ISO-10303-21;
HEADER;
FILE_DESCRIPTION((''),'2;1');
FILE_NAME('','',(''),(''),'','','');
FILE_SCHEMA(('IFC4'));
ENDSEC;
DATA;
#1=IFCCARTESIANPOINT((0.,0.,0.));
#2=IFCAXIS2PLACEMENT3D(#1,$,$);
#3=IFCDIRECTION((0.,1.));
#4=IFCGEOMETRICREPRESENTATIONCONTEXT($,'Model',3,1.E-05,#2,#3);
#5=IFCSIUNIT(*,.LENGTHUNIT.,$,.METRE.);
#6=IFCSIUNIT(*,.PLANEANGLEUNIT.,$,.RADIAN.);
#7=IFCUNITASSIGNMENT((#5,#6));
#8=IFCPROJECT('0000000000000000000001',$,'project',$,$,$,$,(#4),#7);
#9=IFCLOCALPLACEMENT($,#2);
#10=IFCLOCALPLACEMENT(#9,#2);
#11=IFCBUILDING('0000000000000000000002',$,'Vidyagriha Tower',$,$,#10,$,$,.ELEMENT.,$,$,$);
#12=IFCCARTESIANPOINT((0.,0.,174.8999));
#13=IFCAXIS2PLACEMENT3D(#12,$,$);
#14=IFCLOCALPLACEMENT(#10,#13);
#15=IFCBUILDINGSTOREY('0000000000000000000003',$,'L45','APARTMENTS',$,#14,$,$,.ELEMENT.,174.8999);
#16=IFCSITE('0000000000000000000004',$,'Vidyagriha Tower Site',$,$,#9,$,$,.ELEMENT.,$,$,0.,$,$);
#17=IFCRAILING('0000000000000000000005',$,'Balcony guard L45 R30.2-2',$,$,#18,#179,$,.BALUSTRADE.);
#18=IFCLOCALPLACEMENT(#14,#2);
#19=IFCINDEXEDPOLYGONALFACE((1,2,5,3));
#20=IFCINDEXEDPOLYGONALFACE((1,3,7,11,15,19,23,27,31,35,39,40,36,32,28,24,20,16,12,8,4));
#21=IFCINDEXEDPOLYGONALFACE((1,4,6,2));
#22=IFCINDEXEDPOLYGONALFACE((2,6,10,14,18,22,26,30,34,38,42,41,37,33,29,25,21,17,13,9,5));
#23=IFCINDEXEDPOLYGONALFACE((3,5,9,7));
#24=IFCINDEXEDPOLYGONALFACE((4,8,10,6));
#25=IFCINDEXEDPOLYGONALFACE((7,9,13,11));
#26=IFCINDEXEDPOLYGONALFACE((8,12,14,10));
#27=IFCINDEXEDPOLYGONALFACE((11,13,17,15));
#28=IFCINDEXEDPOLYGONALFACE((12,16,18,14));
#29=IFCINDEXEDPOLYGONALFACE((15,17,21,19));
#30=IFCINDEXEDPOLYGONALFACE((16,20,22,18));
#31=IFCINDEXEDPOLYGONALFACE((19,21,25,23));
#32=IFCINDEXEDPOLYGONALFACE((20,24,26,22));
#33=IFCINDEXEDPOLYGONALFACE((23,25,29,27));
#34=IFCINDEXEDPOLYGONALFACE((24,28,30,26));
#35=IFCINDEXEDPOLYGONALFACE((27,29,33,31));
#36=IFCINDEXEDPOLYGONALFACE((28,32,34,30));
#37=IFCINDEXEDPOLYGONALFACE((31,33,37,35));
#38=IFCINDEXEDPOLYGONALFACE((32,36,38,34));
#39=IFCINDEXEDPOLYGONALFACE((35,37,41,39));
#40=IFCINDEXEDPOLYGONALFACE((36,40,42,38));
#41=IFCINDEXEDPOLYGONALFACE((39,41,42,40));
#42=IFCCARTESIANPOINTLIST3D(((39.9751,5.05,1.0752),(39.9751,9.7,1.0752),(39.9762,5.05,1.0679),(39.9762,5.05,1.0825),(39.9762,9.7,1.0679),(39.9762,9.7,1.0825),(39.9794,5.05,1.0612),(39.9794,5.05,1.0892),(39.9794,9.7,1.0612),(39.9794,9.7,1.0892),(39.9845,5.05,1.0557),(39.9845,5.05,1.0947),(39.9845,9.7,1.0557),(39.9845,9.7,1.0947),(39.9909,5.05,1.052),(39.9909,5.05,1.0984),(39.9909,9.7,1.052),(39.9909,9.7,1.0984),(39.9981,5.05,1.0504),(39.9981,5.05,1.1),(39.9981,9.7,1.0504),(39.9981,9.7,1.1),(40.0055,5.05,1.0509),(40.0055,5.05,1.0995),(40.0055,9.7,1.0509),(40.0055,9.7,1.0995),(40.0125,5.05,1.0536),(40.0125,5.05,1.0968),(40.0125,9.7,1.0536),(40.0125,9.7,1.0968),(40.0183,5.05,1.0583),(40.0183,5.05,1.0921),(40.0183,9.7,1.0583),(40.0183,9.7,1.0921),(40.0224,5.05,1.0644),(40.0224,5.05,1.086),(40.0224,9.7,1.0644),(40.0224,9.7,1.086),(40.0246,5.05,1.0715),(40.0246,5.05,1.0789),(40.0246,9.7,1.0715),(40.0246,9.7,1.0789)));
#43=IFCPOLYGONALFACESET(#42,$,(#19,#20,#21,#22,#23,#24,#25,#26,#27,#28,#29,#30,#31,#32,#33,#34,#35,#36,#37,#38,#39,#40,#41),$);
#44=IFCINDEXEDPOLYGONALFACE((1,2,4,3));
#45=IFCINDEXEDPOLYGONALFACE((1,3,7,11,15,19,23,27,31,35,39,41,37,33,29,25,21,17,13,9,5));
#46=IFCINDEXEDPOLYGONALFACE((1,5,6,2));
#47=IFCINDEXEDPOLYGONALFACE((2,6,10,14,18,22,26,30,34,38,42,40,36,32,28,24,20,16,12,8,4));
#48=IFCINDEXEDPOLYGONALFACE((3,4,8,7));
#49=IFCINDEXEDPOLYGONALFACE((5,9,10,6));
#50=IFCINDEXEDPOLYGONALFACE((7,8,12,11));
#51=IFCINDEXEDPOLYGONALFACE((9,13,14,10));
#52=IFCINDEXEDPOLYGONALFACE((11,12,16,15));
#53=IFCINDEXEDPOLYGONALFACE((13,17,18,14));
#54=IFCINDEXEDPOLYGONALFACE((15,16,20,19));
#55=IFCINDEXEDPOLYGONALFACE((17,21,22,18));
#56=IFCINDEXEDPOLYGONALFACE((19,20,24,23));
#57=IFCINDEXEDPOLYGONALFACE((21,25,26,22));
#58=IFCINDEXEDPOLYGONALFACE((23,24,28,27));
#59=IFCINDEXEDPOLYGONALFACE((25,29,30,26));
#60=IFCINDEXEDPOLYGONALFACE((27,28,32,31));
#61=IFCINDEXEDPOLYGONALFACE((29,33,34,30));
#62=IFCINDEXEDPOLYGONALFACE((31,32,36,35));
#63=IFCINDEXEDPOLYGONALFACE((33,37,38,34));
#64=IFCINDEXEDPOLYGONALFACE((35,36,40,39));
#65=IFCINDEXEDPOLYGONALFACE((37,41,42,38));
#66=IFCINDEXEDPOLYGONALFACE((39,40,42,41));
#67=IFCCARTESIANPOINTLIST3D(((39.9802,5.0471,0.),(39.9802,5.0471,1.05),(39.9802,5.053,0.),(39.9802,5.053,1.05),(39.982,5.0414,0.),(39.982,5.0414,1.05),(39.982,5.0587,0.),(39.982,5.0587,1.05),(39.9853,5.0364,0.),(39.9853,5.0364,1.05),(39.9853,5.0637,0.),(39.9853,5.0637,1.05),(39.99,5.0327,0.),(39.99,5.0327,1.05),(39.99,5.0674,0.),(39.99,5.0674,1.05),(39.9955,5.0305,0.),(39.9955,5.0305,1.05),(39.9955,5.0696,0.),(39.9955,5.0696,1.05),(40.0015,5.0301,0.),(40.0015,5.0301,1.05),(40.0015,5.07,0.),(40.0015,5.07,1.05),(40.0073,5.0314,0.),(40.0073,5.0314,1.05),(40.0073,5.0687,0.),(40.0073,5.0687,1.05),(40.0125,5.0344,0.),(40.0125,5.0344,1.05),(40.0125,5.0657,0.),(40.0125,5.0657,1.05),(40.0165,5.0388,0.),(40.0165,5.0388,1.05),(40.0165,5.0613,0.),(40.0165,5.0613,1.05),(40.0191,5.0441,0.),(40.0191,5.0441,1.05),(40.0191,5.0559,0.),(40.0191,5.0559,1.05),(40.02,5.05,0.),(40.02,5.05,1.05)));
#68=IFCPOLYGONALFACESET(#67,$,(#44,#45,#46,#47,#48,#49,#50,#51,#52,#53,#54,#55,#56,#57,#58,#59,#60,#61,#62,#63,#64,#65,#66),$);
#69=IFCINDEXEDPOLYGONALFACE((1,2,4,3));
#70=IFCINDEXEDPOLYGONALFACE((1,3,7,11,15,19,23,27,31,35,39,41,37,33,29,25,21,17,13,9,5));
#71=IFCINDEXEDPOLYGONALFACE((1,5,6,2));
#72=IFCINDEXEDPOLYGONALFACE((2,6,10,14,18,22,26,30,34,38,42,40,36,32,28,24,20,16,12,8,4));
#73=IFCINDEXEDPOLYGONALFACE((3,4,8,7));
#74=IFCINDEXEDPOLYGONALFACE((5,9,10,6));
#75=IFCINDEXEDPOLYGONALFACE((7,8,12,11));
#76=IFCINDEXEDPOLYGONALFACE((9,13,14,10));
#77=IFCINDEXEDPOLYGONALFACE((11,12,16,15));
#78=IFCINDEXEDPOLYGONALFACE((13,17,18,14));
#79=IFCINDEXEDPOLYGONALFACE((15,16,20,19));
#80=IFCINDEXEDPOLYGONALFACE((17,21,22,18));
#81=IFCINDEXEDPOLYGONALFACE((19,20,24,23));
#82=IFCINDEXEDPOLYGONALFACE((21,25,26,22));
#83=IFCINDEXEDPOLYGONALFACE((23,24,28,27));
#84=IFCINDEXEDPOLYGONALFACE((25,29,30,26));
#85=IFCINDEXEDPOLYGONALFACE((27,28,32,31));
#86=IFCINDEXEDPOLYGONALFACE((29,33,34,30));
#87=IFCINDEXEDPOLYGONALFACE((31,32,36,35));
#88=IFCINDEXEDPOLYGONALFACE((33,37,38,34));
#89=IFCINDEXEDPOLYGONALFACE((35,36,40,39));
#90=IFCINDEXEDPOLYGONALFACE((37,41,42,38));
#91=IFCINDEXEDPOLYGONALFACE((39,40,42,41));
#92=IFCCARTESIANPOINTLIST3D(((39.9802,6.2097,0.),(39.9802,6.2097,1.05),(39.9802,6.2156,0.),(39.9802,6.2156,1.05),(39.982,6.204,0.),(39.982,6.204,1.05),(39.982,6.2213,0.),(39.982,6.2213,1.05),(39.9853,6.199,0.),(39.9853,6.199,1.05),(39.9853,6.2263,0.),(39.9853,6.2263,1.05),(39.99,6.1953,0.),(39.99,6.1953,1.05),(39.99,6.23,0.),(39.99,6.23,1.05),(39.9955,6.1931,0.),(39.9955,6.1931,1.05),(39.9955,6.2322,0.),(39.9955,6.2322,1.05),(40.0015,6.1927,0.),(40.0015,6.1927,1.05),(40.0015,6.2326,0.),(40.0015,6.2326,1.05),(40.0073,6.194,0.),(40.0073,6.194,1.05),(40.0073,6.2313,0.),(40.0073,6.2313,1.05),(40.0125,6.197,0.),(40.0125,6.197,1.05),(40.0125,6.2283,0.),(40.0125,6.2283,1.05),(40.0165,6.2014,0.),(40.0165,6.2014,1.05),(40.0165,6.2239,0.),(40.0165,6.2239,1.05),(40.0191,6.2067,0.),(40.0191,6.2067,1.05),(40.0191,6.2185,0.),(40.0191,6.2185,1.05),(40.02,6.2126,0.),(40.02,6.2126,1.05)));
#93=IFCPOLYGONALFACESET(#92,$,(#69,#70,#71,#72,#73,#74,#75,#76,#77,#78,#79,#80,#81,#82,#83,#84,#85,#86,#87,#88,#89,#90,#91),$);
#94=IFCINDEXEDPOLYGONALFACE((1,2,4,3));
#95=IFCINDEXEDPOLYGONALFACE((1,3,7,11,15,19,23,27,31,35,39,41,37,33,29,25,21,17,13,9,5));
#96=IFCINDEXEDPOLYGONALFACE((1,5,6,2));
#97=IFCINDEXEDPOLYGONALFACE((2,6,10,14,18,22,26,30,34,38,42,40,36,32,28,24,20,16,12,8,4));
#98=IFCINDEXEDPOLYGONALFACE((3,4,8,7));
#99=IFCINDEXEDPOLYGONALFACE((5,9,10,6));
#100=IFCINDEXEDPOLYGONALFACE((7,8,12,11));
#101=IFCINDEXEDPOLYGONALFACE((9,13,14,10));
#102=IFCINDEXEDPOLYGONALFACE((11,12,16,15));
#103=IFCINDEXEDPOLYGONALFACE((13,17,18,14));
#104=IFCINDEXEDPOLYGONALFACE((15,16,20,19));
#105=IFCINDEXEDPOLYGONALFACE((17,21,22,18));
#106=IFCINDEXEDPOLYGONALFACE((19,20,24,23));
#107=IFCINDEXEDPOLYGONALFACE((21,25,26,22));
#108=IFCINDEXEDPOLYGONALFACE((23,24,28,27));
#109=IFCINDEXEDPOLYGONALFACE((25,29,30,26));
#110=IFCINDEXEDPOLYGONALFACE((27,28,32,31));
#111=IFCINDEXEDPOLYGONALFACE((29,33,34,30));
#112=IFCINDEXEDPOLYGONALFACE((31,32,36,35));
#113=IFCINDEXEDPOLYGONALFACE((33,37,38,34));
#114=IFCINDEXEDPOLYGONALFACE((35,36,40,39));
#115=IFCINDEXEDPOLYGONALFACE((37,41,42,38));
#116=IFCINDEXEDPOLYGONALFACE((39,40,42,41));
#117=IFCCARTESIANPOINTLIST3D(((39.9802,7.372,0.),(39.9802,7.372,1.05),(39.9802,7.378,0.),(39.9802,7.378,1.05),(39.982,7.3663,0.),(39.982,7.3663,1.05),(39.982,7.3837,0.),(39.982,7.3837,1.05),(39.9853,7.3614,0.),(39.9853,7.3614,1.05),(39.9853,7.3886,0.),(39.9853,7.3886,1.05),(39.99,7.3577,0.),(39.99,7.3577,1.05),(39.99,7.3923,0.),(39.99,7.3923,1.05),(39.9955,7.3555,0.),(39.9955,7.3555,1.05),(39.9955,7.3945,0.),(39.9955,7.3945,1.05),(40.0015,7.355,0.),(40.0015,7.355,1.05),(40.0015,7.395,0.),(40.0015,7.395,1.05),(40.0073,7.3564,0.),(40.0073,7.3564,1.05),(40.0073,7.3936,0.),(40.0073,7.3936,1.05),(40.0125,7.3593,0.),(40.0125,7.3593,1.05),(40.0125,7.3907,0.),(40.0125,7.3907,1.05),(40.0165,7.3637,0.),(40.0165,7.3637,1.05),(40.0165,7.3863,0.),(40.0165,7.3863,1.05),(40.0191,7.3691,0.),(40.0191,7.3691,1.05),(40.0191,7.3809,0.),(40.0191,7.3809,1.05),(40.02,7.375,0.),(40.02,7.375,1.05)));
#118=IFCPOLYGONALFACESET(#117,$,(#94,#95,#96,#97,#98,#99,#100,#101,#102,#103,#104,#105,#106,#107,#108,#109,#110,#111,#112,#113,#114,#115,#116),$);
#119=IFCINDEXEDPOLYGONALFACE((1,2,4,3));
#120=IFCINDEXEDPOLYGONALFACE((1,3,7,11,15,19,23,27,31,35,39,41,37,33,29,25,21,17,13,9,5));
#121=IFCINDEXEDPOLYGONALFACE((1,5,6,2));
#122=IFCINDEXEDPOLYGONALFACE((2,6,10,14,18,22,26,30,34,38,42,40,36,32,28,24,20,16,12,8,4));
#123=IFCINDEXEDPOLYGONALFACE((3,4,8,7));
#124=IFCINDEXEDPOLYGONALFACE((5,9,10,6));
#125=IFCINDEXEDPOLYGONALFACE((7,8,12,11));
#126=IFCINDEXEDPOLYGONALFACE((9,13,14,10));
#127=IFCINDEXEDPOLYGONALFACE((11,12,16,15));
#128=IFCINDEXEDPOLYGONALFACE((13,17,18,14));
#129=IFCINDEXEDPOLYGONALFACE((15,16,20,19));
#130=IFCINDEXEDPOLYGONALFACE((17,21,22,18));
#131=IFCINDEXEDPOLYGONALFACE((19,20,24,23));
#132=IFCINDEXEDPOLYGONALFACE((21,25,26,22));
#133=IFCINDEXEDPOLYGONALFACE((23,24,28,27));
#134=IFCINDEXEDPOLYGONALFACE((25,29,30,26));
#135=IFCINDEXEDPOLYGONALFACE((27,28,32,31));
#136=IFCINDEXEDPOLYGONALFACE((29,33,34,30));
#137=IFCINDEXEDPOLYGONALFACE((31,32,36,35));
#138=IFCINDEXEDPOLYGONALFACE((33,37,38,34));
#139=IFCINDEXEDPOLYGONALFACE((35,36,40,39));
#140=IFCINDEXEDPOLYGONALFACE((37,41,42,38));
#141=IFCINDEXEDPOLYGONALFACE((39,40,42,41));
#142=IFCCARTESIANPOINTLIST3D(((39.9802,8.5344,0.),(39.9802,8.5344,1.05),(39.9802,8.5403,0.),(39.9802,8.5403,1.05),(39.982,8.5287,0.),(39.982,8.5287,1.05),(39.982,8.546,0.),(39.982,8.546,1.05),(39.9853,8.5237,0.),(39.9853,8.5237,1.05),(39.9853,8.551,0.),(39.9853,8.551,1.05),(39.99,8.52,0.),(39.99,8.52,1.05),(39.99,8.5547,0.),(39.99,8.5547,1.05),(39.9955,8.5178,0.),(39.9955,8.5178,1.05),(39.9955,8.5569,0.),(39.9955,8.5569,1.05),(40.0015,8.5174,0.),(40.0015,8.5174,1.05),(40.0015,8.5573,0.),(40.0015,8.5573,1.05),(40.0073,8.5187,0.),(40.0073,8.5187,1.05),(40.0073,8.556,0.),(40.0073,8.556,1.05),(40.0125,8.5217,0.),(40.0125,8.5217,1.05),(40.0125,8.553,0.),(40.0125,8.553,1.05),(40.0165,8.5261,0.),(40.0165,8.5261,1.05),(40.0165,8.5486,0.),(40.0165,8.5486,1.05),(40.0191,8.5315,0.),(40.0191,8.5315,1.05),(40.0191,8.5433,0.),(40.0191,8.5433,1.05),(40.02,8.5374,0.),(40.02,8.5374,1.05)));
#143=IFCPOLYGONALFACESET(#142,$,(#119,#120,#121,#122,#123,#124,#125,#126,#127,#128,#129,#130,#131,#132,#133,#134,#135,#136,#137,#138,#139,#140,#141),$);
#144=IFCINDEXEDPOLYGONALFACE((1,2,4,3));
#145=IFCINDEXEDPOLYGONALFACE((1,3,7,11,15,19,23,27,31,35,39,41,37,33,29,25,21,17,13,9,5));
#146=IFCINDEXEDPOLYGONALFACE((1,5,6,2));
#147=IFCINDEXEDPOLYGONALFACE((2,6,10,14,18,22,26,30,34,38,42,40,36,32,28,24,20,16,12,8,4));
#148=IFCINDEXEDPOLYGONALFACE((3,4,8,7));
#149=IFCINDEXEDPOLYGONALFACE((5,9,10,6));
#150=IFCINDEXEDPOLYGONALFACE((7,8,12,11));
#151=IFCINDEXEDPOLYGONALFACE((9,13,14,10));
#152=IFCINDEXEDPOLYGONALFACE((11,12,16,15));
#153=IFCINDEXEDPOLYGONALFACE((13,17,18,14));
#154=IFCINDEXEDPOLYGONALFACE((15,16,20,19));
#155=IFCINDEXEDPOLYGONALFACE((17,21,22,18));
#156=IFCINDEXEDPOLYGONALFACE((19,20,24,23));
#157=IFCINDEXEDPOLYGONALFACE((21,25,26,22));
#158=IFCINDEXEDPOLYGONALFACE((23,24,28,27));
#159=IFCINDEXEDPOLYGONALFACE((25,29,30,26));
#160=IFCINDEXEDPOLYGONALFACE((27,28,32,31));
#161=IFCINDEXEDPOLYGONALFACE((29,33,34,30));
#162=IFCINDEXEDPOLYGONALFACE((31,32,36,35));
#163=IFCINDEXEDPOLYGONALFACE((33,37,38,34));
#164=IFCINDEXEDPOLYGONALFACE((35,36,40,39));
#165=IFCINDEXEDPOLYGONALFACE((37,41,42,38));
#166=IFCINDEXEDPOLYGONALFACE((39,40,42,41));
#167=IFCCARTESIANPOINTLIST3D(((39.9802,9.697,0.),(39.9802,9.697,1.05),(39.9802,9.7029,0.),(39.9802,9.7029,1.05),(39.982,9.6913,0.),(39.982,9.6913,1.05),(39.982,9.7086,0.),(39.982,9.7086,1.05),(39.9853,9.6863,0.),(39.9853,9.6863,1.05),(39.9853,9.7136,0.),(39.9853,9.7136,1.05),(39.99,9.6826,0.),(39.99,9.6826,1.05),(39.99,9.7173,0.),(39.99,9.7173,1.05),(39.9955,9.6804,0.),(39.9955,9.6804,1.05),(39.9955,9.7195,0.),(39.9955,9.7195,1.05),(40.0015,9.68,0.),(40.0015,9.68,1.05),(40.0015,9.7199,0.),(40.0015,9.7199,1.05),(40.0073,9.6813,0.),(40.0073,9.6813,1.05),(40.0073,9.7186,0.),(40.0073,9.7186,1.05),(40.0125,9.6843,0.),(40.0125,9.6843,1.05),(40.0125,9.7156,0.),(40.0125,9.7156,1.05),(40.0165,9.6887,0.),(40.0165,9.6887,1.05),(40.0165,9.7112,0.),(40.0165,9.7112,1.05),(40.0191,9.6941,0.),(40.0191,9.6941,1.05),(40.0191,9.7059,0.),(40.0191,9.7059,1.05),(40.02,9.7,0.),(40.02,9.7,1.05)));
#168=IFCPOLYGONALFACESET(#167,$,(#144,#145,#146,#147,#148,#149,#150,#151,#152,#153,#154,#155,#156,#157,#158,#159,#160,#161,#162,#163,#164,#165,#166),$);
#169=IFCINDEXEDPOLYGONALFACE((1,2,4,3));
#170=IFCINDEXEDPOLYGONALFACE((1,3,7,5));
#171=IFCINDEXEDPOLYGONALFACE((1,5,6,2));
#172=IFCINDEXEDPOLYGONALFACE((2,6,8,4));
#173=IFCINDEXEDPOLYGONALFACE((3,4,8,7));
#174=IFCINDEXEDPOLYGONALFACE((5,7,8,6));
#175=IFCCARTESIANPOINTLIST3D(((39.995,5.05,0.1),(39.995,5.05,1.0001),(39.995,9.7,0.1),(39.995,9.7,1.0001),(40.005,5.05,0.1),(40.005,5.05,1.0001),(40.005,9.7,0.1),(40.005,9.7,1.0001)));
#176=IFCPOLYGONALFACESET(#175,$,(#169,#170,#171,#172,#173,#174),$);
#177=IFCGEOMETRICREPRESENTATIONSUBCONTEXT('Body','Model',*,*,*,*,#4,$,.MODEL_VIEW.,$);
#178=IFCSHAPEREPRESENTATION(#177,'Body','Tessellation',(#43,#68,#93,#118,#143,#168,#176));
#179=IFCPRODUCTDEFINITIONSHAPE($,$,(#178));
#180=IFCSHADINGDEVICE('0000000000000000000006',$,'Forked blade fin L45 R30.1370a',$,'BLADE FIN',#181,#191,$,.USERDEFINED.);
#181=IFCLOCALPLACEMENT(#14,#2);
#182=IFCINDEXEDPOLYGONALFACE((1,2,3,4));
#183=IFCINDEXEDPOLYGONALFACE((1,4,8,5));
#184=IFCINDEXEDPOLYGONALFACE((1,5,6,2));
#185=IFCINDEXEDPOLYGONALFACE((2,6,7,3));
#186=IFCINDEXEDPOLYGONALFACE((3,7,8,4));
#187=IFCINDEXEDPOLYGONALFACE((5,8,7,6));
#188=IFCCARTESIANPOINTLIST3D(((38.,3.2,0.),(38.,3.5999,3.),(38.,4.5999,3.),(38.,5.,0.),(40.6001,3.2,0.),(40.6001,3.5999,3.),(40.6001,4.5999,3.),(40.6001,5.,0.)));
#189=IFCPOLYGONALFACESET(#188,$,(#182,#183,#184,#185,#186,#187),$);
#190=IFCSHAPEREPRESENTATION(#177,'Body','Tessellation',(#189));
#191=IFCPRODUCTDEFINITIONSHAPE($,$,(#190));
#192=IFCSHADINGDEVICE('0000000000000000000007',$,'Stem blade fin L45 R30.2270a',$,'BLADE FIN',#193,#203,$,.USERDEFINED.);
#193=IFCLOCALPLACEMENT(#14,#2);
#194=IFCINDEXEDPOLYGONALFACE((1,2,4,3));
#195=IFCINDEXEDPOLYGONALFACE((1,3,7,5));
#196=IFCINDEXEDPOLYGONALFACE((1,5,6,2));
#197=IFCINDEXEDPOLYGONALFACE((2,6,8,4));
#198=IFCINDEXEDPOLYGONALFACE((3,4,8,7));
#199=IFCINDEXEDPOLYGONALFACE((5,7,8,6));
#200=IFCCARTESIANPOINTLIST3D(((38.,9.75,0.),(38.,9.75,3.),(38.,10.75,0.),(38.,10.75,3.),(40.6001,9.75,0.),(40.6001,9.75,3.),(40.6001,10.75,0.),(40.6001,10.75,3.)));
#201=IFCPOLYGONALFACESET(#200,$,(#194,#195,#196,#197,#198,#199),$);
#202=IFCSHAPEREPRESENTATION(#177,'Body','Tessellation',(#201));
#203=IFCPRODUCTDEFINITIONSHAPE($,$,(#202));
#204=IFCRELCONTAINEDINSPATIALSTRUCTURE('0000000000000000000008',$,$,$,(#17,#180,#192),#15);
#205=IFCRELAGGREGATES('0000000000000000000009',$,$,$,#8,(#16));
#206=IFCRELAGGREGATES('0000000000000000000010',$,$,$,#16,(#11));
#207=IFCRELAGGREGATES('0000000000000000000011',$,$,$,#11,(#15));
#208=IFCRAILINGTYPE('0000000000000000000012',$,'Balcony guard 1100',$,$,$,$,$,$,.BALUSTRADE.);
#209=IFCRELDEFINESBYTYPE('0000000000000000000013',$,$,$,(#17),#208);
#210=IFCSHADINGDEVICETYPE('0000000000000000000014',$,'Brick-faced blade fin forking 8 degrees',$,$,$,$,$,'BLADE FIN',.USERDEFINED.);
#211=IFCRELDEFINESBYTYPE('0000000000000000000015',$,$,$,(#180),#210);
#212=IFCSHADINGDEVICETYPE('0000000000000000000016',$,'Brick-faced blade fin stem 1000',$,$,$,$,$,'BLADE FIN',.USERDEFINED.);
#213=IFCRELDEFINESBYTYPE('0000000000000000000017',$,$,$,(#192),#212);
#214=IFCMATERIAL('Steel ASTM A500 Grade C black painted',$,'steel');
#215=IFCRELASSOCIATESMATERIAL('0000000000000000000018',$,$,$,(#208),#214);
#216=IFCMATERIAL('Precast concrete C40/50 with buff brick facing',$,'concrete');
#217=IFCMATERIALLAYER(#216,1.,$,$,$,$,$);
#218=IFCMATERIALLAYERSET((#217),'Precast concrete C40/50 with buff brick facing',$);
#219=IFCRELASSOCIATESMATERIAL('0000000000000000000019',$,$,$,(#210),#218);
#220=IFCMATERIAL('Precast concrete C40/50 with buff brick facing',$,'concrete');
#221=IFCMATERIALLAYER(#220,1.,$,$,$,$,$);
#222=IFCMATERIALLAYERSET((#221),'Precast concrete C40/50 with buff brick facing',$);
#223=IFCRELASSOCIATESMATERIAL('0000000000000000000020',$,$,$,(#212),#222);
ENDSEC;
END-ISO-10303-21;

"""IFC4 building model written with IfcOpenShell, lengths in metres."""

from ifc_helpers import new_model, si_unit, direction, frame, origin, origin_2d, place, context, subcontext, project, spatial, polyline, rectangle, circle, outline, extrude, material, layer, layer_set, type_object, element, save


model = new_model("IFC4")

# Units and contexts
model_context = context("Model", 3, precision=1e-05, world=origin(), true_north=direction((0.0, 1.0)))
body_context = subcontext(model_context, "Body", "Model", "MODEL_VIEW")
ifc_project = project(units=[si_unit("LENGTHUNIT", "METRE"), si_unit("PLANEANGLEUNIT", "RADIAN")], contexts=[model_context])

# Site, building, storey
site_placement = place(None, origin())
site = spatial("IfcSite", under=ifc_project, at=site_placement, Name="Vidyagriha Tower Site", CompositionType="ELEMENT", RefElevation=0.0)
building_placement = place(site_placement, origin())
building = spatial("IfcBuilding", under=site, at=building_placement, Name="Vidyagriha Tower", CompositionType="ELEMENT")
storey_placement = place(building_placement, frame((0.0, 0.0, 174.8999)))
storey = spatial("IfcBuildingStorey", under=building, at=storey_placement, Name="L45", Description="APARTMENTS", CompositionType="ELEMENT", Elevation=174.8999)

# Railing
ifc_material_1 = material(Name="Steel ASTM A500 Grade C black painted", Category="steel")
railing_type_1 = type_object("IfcRailingType", Name="Balcony guard 1100", PredefinedType="BALUSTRADE", material=ifc_material_1)
railing_1_placement = place(storey_placement, frame((40.0, 5.05, 0.0)))
element("IfcRailing", 1, at=railing_1_placement, inside=storey, type_object=railing_type_1, Name="Balcony guard L45 R30.2-2", PredefinedType="BALUSTRADE", context=body_context, shape_type="SweptSolid", body=[
    extrude(circle(Radius=0.0249, at=origin_2d()), frame((0.0, 0.0, 1.0752), z_axis=(0.0, 1.0, 0.0), x_axis=(-1.0, 0.0, 0.0)), (0.0, 0.0, 1.0), 4.6499),
    extrude(circle(Radius=0.02, at=origin_2d()), origin(), (0.0, 0.0, 1.0), 1.05),
    extrude(circle(Radius=0.02, at=origin_2d()), frame((0.0, 1.1626, 0.0)), (0.0, 0.0, 1.0), 1.05),
    extrude(circle(Radius=0.02, at=origin_2d()), frame((0.0, 2.325, 0.0)), (0.0, 0.0, 1.0), 1.05),
    extrude(circle(Radius=0.02, at=origin_2d()), frame((0.0, 3.4873, 0.0)), (0.0, 0.0, 1.0), 1.05),
    extrude(circle(Radius=0.02, at=origin_2d()), frame((0.0, 4.6499, 0.0)), (0.0, 0.0, 1.0), 1.05),
    extrude(rectangle(XDim=0.01, YDim=0.9001, at=origin_2d()), frame((0.0, 0.0, 0.55), z_axis=(0.0, 1.0, 0.0), x_axis=(-1.0, 0.0, 0.0)), (0.0, 0.0, 1.0), 4.6499),
])

# Shading devices
ifc_material_2 = material(Name="Precast concrete C40/50 with buff brick facing", Category="concrete")
ifc_layer_1 = layer(ifc_material_2, 1.0)
ifc_layer_set_1 = layer_set([ifc_layer_1], Name="Precast concrete C40/50 with buff brick facing")
shading_device_type_1 = type_object("IfcShadingDeviceType", Name="Brick-faced blade fin forking 8 degrees", ElementType="BLADE FIN", PredefinedType="USERDEFINED", material=ifc_layer_set_1)
shading_device_1_placement = place(storey_placement, frame((39.3, 3.2, 0.0), z_axis=(0.0, 0.0, 1.0), x_axis=(0.0, 1.0, 0.0)))
element("IfcShadingDevice", 2, at=shading_device_1_placement, inside=storey, type_object=shading_device_type_1, Name="Forked blade fin L45 R30.1370a", ObjectType="BLADE FIN", PredefinedType="USERDEFINED", context=body_context, shape_type="SweptSolid", body=[
    extrude(outline(polyline([(0.0, 0.0), (1.8, 0.0), (1.3999, 3.0), (0.3999, 3.0), (0.0, 0.0)])), frame((0.0, 1.3, 0.0), z_axis=(0.0, -1.0, 0.0), x_axis=(1.0, 0.0, 0.0)), (0.0, 0.0, 1.0), 2.6001),
])
ifc_material_3 = material(Name="Precast concrete C40/50 with buff brick facing", Category="concrete")
ifc_layer_2 = layer(ifc_material_3, 1.0)
ifc_layer_set_2 = layer_set([ifc_layer_2], Name="Precast concrete C40/50 with buff brick facing")
shading_device_type_2 = type_object("IfcShadingDeviceType", Name="Brick-faced blade fin stem 1000", ElementType="BLADE FIN", PredefinedType="USERDEFINED", material=ifc_layer_set_2)
shading_device_2_placement = place(storey_placement, frame((39.3, 9.75, 0.0), z_axis=(0.0, 0.0, 1.0), x_axis=(0.0, 1.0, 0.0)))
element("IfcShadingDevice", 3, at=shading_device_2_placement, inside=storey, type_object=shading_device_type_2, Name="Stem blade fin L45 R30.2270a", ObjectType="BLADE FIN", PredefinedType="USERDEFINED", context=body_context, shape_type="SweptSolid", body=[
    extrude(outline(polyline([(0.0, 0.0), (1.0, 0.0), (1.0, 3.0), (0.0, 3.0), (0.0, 0.0)])), frame((0.0, 1.3, 0.0), z_axis=(0.0, -1.0, 0.0), x_axis=(1.0, 0.0, 0.0)), (0.0, 0.0, 1.0), 2.6001),
])

save(model, "model.ifc")
